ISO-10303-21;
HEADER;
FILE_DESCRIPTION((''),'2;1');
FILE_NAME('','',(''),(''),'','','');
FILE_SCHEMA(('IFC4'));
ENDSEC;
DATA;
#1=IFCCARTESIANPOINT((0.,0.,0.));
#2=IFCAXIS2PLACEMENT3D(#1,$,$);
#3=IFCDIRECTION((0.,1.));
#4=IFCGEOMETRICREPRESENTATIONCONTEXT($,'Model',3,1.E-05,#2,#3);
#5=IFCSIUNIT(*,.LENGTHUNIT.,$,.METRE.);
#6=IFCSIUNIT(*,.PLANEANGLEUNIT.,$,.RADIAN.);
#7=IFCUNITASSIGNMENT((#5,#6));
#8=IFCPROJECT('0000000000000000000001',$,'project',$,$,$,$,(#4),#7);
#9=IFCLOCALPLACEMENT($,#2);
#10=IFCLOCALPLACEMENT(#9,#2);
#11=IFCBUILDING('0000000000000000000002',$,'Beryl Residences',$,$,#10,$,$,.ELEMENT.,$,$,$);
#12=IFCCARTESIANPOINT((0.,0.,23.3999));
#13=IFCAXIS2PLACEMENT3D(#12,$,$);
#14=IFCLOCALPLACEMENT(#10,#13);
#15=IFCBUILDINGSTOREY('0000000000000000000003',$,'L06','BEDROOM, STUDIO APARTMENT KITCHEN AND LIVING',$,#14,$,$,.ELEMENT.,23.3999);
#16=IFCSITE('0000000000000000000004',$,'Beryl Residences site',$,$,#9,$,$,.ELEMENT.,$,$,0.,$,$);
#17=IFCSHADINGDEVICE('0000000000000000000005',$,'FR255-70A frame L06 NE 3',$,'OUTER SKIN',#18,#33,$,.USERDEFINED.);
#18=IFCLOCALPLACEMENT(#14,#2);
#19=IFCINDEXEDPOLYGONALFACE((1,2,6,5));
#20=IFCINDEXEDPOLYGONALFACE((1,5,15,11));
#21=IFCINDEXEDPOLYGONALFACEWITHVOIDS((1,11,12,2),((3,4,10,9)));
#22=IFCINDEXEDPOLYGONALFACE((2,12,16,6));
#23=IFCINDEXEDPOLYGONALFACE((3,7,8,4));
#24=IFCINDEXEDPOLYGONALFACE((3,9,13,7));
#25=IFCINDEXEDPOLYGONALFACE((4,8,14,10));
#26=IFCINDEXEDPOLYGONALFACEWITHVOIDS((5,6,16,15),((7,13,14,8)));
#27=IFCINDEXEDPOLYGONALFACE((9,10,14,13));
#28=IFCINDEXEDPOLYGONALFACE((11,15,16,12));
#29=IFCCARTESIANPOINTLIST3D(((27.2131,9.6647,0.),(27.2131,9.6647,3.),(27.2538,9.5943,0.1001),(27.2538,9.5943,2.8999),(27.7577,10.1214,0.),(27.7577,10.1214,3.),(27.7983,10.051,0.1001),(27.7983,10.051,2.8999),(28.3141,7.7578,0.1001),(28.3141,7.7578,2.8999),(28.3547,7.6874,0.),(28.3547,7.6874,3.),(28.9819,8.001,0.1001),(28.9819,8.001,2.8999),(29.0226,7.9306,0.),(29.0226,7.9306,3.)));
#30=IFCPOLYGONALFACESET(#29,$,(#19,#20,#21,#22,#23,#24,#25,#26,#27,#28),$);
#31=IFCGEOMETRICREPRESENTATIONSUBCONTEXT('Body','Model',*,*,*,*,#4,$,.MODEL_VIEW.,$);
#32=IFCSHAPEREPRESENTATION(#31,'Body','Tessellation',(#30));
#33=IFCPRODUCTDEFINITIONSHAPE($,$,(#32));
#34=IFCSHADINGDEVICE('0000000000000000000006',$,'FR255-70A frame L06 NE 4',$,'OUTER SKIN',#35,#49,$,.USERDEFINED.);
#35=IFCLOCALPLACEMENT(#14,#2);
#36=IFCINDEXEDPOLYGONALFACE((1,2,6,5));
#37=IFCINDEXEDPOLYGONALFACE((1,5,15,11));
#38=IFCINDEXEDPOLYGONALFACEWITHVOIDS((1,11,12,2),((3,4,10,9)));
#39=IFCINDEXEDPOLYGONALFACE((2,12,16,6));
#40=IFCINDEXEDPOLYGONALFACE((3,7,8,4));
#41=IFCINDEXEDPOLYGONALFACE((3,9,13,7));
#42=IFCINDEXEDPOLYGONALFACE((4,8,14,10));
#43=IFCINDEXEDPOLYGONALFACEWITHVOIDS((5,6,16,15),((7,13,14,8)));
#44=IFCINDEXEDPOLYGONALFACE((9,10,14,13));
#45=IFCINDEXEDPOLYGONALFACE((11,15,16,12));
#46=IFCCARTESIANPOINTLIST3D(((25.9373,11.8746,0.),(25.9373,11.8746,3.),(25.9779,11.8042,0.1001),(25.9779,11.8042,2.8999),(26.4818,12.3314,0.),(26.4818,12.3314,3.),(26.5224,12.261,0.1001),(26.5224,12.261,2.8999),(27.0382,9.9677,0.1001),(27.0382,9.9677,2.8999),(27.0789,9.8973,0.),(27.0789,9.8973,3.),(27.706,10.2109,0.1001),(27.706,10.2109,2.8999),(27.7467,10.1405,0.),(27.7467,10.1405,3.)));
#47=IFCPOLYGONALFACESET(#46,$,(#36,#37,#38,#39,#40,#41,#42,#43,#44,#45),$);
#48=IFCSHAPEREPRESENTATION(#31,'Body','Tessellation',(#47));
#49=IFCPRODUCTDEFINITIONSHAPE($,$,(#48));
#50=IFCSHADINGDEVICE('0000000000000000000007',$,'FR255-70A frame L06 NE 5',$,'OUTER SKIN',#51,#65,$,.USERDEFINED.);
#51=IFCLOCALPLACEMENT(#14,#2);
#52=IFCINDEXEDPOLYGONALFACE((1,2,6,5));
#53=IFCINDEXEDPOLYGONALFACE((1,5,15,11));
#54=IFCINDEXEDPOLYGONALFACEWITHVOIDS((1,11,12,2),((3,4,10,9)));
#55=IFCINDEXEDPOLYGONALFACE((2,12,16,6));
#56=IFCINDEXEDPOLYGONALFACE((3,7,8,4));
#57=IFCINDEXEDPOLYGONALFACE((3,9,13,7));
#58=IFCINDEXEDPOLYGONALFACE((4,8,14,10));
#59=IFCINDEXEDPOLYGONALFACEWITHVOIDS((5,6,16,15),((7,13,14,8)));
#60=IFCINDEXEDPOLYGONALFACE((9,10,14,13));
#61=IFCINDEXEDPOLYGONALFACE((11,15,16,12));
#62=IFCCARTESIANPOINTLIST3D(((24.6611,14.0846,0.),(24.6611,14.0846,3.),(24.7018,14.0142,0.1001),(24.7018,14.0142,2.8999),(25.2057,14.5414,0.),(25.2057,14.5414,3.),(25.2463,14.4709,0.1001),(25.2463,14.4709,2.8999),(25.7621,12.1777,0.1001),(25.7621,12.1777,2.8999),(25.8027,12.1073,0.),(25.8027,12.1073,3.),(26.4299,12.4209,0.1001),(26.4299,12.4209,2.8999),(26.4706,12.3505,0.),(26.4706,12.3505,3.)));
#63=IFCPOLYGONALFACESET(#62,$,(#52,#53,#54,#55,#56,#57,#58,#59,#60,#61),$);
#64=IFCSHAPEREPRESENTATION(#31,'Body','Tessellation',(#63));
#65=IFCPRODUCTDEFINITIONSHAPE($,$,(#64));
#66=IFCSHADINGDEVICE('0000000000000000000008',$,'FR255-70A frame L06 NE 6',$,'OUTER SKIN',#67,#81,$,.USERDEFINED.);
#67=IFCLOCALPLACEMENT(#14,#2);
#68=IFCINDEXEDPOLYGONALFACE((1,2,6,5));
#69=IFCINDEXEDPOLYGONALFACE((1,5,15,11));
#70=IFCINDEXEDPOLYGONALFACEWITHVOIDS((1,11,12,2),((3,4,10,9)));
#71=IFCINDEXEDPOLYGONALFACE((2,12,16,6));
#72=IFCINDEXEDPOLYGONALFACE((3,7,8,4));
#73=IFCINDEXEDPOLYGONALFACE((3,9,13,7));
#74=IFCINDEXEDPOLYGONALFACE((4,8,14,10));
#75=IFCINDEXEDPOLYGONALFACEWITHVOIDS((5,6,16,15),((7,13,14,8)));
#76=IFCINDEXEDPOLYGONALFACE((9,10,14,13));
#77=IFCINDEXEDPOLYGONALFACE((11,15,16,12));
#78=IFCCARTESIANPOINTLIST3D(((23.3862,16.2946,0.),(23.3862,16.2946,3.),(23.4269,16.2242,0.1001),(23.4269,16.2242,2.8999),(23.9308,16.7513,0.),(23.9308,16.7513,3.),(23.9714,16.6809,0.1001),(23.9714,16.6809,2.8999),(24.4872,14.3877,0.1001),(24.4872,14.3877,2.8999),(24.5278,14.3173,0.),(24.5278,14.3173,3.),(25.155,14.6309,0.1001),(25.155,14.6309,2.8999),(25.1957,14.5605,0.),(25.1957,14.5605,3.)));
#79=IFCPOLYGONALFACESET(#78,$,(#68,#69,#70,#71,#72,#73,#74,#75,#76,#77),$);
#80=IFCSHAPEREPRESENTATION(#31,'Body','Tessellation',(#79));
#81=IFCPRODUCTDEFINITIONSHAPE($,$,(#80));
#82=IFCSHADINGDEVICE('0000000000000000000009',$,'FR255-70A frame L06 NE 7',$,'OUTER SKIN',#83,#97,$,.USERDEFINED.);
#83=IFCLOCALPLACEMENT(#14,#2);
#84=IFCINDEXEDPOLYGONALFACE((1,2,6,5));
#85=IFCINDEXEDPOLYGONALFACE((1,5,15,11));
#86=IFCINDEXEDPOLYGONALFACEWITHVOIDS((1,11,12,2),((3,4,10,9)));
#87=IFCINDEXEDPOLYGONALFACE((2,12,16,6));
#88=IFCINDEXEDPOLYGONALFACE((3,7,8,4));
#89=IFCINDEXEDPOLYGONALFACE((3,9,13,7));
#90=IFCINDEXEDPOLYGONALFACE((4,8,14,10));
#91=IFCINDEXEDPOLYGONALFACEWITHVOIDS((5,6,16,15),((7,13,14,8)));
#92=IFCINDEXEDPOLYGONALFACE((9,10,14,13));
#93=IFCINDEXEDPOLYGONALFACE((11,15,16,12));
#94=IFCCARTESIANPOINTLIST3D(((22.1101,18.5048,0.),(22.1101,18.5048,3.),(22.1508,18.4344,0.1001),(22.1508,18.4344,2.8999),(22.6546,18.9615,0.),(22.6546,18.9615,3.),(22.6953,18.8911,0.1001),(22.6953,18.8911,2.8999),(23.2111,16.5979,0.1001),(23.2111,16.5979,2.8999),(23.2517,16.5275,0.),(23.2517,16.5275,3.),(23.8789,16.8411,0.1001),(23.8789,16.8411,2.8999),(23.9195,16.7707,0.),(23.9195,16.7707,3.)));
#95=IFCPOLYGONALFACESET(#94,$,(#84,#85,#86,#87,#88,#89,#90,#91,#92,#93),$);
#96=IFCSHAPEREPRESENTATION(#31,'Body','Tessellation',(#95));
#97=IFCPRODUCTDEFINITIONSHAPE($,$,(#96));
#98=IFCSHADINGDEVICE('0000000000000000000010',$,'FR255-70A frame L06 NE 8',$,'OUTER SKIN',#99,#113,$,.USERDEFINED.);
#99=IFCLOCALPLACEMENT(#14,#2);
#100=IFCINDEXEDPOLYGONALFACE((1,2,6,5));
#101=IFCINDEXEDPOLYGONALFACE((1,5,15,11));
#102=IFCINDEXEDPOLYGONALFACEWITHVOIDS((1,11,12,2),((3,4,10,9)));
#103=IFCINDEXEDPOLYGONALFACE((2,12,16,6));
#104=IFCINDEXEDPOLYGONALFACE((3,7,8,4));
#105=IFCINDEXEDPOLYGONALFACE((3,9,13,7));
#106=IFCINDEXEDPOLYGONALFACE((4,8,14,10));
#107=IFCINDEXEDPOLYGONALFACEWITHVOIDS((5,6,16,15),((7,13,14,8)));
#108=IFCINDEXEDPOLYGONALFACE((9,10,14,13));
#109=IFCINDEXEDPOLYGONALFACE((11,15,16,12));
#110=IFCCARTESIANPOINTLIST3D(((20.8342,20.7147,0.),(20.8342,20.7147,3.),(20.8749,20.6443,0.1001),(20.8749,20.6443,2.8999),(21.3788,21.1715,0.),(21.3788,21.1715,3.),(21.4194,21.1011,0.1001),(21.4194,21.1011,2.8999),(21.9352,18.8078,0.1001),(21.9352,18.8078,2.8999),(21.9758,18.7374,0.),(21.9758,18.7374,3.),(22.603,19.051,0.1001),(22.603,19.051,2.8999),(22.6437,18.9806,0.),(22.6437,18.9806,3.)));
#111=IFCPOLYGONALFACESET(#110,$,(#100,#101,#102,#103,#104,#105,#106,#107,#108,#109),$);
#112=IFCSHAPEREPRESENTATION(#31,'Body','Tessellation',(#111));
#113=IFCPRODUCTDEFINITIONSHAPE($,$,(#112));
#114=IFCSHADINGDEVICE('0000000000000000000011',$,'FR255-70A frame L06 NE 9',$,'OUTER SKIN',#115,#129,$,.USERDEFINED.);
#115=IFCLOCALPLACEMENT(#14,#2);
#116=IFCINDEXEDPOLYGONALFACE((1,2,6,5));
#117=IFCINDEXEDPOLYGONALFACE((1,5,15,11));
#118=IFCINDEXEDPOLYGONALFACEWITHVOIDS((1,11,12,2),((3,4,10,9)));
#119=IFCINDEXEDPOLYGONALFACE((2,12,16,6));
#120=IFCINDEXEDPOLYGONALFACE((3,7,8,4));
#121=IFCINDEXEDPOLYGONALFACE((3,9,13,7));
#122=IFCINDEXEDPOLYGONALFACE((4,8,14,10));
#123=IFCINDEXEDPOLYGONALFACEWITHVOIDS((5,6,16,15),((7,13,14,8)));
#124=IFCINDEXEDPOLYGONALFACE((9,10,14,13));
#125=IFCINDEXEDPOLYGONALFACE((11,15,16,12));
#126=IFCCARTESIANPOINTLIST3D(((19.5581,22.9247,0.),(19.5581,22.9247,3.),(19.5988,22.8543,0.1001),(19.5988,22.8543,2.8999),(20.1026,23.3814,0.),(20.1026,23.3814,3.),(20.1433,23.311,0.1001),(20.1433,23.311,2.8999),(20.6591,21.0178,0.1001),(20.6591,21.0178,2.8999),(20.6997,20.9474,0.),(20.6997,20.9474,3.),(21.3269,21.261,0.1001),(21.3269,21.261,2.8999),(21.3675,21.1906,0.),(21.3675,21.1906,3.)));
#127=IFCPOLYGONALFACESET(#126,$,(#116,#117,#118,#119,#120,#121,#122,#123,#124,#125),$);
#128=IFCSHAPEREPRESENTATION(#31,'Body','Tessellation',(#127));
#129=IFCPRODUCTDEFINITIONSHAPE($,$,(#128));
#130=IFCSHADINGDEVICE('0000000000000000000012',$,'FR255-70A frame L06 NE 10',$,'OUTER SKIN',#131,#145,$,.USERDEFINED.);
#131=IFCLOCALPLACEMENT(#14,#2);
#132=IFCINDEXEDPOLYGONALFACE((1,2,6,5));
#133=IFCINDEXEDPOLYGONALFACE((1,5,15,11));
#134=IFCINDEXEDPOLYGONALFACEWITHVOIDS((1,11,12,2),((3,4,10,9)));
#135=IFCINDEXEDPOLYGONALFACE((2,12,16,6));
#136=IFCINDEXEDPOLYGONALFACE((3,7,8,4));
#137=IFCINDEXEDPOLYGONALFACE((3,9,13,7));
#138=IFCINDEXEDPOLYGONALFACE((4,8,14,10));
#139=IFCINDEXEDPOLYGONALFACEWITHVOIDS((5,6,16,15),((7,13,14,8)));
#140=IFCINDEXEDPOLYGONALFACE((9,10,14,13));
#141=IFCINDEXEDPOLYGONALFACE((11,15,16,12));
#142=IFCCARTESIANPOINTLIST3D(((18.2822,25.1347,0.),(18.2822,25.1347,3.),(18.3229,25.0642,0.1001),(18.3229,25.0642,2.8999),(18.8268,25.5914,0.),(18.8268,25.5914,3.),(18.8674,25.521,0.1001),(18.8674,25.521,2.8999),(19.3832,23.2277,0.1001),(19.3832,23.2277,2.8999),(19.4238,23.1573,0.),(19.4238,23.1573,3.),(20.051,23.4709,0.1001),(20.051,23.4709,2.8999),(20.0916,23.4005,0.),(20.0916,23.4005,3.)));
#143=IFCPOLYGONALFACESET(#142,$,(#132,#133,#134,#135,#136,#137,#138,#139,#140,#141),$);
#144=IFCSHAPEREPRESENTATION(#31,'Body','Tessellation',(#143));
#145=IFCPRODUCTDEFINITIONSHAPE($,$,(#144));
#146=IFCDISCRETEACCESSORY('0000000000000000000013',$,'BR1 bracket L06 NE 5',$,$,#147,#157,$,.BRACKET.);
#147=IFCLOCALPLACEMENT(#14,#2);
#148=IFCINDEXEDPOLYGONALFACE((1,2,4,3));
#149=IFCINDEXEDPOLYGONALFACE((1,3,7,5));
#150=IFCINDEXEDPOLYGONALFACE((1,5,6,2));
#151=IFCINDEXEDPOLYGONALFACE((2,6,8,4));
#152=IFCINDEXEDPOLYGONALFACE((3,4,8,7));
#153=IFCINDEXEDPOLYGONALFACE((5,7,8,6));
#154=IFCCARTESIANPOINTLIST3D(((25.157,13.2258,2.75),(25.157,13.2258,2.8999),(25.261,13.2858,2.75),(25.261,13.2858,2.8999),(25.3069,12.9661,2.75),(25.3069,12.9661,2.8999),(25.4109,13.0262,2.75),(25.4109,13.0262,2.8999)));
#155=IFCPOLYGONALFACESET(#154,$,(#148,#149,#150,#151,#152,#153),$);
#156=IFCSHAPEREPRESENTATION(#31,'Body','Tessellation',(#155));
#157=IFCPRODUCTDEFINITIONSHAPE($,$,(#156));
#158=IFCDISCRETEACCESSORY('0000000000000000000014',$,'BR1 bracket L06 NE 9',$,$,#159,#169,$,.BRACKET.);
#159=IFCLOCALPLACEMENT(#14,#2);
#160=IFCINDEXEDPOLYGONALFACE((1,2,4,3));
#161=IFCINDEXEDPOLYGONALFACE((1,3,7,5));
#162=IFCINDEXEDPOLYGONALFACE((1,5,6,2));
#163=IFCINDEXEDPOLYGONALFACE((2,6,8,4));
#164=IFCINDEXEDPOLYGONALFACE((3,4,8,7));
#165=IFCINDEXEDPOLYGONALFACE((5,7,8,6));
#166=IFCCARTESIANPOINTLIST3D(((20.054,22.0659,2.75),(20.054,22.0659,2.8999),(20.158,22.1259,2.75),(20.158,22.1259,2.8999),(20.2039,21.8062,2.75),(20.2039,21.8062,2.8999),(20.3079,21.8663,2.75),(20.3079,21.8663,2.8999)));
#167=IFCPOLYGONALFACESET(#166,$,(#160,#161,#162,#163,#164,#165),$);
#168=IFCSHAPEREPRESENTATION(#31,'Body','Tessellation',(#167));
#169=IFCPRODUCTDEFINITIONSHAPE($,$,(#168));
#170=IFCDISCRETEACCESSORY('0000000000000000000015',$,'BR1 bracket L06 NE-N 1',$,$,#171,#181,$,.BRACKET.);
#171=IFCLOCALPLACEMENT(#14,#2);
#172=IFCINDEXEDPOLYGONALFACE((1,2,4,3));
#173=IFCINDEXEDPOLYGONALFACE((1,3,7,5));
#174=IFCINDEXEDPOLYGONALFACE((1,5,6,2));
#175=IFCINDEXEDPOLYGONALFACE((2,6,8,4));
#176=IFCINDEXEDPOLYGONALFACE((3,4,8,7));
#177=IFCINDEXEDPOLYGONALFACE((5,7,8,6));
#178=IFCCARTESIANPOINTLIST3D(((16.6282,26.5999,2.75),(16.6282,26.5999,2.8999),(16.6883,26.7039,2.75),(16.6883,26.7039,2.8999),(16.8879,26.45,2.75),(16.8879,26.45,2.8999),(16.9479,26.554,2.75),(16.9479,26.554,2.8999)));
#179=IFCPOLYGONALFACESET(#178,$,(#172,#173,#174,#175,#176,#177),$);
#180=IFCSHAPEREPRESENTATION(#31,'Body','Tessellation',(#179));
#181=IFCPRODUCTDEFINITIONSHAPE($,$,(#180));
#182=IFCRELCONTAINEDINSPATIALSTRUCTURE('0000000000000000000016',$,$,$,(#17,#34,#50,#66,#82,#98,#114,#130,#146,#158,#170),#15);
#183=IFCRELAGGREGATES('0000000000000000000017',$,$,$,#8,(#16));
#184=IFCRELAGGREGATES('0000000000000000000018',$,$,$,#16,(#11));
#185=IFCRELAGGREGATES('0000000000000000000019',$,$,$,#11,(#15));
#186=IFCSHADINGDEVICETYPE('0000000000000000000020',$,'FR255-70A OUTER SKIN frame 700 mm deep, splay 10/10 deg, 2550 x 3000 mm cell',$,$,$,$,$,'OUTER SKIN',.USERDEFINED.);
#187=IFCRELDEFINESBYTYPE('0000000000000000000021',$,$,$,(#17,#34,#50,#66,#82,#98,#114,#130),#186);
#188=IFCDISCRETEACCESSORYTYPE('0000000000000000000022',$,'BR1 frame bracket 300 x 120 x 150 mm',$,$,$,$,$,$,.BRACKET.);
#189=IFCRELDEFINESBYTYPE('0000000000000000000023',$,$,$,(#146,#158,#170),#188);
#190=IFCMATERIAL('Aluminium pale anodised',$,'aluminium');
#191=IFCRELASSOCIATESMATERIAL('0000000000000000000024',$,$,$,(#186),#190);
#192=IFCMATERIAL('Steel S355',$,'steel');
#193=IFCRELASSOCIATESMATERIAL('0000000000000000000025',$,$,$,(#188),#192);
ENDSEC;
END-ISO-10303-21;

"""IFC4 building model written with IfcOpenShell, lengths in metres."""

from ifc_helpers import new_model, entity, si_unit, direction, frame, origin, place, context, subcontext, project, spatial, polyline, outline, extrude, source, transform, mapped, material, type_object, type_shapes, element, save


model = new_model("IFC4")

# Units and contexts
model_context = context("Model", 3, precision=1e-05, world=origin(), true_north=direction((0.0, 1.0)))
body_context = subcontext(model_context, "Body", "Model", "MODEL_VIEW")
ifc_project = project(units=[si_unit("LENGTHUNIT", "METRE"), si_unit("PLANEANGLEUNIT", "RADIAN")], contexts=[model_context])

# Site, building, storey
site_placement = place(None, origin())
site = spatial("IfcSite", under=ifc_project, at=site_placement, Name="Beryl Residences site", CompositionType="ELEMENT", RefElevation=0.0)
building_placement = place(site_placement, origin())
building = spatial("IfcBuilding", under=site, at=building_placement, Name="Beryl Residences", CompositionType="ELEMENT")
storey_placement = place(building_placement, frame((0.0, 0.0, 23.3999)))
storey = spatial("IfcBuildingStorey", under=building, at=storey_placement, Name="L06", Description="BEDROOM, STUDIO APARTMENT KITCHEN AND LIVING", CompositionType="ELEMENT", Elevation=23.3999)

# Shading devices
ifc_material_1 = material(Name="Aluminium pale anodised", Category="aluminium")
shading_device_type_1 = type_object("IfcShadingDeviceType", Name="FR255-70A OUTER SKIN frame 700 mm deep, splay 10/10 deg, 2550 x 3000 mm cell", ElementType="OUTER SKIN", PredefinedType="USERDEFINED", material=ifc_material_1)
cartesian_point_1 = entity("IfcCartesianPoint", [-1.1416, 0.0])
cartesian_point_2 = entity("IfcCartesianPoint", [-1.0603, 0.1001])
cartesian_point_3 = entity("IfcCartesianPoint", [-1.2649, 0.0])
cartesian_point_4 = entity("IfcCartesianPoint", [-1.1836, 0.1001])
shared_shape_1 = source(origin(), body_context, "Body", "SweptSolid", [
    entity("IfcExtrudedAreaSolidTapered", entity("IfcArbitraryProfileDefWithVoids", "AREA", None, entity("IfcPolyline", [cartesian_point_1, entity("IfcCartesianPoint", [1.1416, 0.0]), entity("IfcCartesianPoint", [1.1416, 3.0]), entity("IfcCartesianPoint", [-1.1416, 3.0]), cartesian_point_1]), [entity("IfcPolyline", [cartesian_point_2, entity("IfcCartesianPoint", [1.0603, 0.1001]), entity("IfcCartesianPoint", [1.0603, 2.8999]), entity("IfcCartesianPoint", [-1.0603, 2.8999]), cartesian_point_2])]), entity("IfcAxis2Placement3D", entity("IfcCartesianPoint", [0.0, 0.0, 0.0]), entity("IfcDirection", [0.0, 1.0, 0.0]), entity("IfcDirection", [-1.0, 0.0, 0.0])), entity("IfcDirection", [0.0, 0.0, 1.0]), 0.7, entity("IfcArbitraryProfileDefWithVoids", "AREA", None, entity("IfcPolyline", [cartesian_point_3, entity("IfcCartesianPoint", [1.2649, 0.0]), entity("IfcCartesianPoint", [1.2649, 3.0]), entity("IfcCartesianPoint", [-1.2649, 3.0]), cartesian_point_3]), [entity("IfcPolyline", [cartesian_point_4, entity("IfcCartesianPoint", [1.1836, 0.1001]), entity("IfcCartesianPoint", [1.1836, 2.8999]), entity("IfcCartesianPoint", [-1.1836, 2.8999]), cartesian_point_4])])),
])
type_shapes(shading_device_type_1, [shared_shape_1])
for number, where, z_axis, x_axis, name in (
    (1, (27.7839, 8.676, 0.0), (0.0, 0.0, 1.0), (0.5, -0.866025, 0.0), "FR255-70A frame L06 NE 3"),
    (2, (26.5081, 10.886, 0.0), (0.0, 0.0, 1.0), (0.5, -0.866025, 0.0), "FR255-70A frame L06 NE 4"),
    (3, (25.2319, 13.0959, 0.0), (0.0, 0.0, 1.0), (0.5, -0.866025, 0.0), "FR255-70A frame L06 NE 5"),
    (4, (23.957, 15.3059, 0.0), (0.0, 0.0, 1.0), (0.5, -0.866025, 0.0), "FR255-70A frame L06 NE 6"),
    (5, (22.6809, 17.5161, 0.0), (0.0, 0.0, 1.0), (0.5, -0.866025, 0.0), "FR255-70A frame L06 NE 7"),
    (6, (21.405, 19.7261, 0.0), (0.0, 0.0, 1.0), (0.5, -0.866025, 0.0), "FR255-70A frame L06 NE 8"),
    (7, (20.1289, 21.936, 0.0), (0.0, 0.0, 1.0), (0.5, -0.866025, 0.0), "FR255-70A frame L06 NE 9"),
    (8, (18.853, 24.146, 0.0), (0.0, 0.0, 1.0), (0.5, -0.866025, 0.0), "FR255-70A frame L06 NE 10"),
):
    element("IfcShadingDevice", number, at=place(storey_placement, frame(where, z_axis=z_axis, x_axis=x_axis)), inside=storey, type_object=shading_device_type_1, Name=name, ObjectType="OUTER SKIN", PredefinedType="USERDEFINED", context=body_context, shape_type="MappedRepresentation", body=[
        mapped(shared_shape_1, transform((0.0, 0.0, 0.0))),
    ])

# Discrete accessories
ifc_material_2 = material(Name="Steel S355", Category="steel")
discrete_accessory_type = type_object("IfcDiscreteAccessoryType", Name="BR1 frame bracket 300 x 120 x 150 mm", PredefinedType="BRACKET", material=ifc_material_2)
shared_shape_2 = source(origin(), body_context, "Body", "SweptSolid", [
    extrude(outline(polyline([(-0.1499, 0.0), (0.1499, 0.0), (0.1499, 0.1201), (-0.1499, 0.1201), (-0.1499, 0.0)])), origin(), (0.0, 0.0, 1.0), 0.1499),
])
type_shapes(discrete_accessory_type, [shared_shape_2])
for number, where, z_axis, x_axis, name in (
    (9, (25.2319, 13.0959, 2.75), (0.0, 0.0, 1.0), (0.5, -0.866025, 0.0), "BR1 bracket L06 NE 5"),
    (10, (20.1289, 21.936, 2.75), (0.0, 0.0, 1.0), (0.5, -0.866025, 0.0), "BR1 bracket L06 NE 9"),
    (11, (16.7581, 26.5249, 2.75), (0.0, 0.0, 1.0), (0.866025, -0.5, 0.0), "BR1 bracket L06 NE-N 1"),
):
    element("IfcDiscreteAccessory", number, at=place(storey_placement, frame(where, z_axis=z_axis, x_axis=x_axis)), inside=storey, type_object=discrete_accessory_type, Name=name, PredefinedType="BRACKET", context=body_context, shape_type="MappedRepresentation", body=[
        mapped(shared_shape_2, transform((0.0, 0.0, 0.0))),
    ])

save(model, "model.ifc")
